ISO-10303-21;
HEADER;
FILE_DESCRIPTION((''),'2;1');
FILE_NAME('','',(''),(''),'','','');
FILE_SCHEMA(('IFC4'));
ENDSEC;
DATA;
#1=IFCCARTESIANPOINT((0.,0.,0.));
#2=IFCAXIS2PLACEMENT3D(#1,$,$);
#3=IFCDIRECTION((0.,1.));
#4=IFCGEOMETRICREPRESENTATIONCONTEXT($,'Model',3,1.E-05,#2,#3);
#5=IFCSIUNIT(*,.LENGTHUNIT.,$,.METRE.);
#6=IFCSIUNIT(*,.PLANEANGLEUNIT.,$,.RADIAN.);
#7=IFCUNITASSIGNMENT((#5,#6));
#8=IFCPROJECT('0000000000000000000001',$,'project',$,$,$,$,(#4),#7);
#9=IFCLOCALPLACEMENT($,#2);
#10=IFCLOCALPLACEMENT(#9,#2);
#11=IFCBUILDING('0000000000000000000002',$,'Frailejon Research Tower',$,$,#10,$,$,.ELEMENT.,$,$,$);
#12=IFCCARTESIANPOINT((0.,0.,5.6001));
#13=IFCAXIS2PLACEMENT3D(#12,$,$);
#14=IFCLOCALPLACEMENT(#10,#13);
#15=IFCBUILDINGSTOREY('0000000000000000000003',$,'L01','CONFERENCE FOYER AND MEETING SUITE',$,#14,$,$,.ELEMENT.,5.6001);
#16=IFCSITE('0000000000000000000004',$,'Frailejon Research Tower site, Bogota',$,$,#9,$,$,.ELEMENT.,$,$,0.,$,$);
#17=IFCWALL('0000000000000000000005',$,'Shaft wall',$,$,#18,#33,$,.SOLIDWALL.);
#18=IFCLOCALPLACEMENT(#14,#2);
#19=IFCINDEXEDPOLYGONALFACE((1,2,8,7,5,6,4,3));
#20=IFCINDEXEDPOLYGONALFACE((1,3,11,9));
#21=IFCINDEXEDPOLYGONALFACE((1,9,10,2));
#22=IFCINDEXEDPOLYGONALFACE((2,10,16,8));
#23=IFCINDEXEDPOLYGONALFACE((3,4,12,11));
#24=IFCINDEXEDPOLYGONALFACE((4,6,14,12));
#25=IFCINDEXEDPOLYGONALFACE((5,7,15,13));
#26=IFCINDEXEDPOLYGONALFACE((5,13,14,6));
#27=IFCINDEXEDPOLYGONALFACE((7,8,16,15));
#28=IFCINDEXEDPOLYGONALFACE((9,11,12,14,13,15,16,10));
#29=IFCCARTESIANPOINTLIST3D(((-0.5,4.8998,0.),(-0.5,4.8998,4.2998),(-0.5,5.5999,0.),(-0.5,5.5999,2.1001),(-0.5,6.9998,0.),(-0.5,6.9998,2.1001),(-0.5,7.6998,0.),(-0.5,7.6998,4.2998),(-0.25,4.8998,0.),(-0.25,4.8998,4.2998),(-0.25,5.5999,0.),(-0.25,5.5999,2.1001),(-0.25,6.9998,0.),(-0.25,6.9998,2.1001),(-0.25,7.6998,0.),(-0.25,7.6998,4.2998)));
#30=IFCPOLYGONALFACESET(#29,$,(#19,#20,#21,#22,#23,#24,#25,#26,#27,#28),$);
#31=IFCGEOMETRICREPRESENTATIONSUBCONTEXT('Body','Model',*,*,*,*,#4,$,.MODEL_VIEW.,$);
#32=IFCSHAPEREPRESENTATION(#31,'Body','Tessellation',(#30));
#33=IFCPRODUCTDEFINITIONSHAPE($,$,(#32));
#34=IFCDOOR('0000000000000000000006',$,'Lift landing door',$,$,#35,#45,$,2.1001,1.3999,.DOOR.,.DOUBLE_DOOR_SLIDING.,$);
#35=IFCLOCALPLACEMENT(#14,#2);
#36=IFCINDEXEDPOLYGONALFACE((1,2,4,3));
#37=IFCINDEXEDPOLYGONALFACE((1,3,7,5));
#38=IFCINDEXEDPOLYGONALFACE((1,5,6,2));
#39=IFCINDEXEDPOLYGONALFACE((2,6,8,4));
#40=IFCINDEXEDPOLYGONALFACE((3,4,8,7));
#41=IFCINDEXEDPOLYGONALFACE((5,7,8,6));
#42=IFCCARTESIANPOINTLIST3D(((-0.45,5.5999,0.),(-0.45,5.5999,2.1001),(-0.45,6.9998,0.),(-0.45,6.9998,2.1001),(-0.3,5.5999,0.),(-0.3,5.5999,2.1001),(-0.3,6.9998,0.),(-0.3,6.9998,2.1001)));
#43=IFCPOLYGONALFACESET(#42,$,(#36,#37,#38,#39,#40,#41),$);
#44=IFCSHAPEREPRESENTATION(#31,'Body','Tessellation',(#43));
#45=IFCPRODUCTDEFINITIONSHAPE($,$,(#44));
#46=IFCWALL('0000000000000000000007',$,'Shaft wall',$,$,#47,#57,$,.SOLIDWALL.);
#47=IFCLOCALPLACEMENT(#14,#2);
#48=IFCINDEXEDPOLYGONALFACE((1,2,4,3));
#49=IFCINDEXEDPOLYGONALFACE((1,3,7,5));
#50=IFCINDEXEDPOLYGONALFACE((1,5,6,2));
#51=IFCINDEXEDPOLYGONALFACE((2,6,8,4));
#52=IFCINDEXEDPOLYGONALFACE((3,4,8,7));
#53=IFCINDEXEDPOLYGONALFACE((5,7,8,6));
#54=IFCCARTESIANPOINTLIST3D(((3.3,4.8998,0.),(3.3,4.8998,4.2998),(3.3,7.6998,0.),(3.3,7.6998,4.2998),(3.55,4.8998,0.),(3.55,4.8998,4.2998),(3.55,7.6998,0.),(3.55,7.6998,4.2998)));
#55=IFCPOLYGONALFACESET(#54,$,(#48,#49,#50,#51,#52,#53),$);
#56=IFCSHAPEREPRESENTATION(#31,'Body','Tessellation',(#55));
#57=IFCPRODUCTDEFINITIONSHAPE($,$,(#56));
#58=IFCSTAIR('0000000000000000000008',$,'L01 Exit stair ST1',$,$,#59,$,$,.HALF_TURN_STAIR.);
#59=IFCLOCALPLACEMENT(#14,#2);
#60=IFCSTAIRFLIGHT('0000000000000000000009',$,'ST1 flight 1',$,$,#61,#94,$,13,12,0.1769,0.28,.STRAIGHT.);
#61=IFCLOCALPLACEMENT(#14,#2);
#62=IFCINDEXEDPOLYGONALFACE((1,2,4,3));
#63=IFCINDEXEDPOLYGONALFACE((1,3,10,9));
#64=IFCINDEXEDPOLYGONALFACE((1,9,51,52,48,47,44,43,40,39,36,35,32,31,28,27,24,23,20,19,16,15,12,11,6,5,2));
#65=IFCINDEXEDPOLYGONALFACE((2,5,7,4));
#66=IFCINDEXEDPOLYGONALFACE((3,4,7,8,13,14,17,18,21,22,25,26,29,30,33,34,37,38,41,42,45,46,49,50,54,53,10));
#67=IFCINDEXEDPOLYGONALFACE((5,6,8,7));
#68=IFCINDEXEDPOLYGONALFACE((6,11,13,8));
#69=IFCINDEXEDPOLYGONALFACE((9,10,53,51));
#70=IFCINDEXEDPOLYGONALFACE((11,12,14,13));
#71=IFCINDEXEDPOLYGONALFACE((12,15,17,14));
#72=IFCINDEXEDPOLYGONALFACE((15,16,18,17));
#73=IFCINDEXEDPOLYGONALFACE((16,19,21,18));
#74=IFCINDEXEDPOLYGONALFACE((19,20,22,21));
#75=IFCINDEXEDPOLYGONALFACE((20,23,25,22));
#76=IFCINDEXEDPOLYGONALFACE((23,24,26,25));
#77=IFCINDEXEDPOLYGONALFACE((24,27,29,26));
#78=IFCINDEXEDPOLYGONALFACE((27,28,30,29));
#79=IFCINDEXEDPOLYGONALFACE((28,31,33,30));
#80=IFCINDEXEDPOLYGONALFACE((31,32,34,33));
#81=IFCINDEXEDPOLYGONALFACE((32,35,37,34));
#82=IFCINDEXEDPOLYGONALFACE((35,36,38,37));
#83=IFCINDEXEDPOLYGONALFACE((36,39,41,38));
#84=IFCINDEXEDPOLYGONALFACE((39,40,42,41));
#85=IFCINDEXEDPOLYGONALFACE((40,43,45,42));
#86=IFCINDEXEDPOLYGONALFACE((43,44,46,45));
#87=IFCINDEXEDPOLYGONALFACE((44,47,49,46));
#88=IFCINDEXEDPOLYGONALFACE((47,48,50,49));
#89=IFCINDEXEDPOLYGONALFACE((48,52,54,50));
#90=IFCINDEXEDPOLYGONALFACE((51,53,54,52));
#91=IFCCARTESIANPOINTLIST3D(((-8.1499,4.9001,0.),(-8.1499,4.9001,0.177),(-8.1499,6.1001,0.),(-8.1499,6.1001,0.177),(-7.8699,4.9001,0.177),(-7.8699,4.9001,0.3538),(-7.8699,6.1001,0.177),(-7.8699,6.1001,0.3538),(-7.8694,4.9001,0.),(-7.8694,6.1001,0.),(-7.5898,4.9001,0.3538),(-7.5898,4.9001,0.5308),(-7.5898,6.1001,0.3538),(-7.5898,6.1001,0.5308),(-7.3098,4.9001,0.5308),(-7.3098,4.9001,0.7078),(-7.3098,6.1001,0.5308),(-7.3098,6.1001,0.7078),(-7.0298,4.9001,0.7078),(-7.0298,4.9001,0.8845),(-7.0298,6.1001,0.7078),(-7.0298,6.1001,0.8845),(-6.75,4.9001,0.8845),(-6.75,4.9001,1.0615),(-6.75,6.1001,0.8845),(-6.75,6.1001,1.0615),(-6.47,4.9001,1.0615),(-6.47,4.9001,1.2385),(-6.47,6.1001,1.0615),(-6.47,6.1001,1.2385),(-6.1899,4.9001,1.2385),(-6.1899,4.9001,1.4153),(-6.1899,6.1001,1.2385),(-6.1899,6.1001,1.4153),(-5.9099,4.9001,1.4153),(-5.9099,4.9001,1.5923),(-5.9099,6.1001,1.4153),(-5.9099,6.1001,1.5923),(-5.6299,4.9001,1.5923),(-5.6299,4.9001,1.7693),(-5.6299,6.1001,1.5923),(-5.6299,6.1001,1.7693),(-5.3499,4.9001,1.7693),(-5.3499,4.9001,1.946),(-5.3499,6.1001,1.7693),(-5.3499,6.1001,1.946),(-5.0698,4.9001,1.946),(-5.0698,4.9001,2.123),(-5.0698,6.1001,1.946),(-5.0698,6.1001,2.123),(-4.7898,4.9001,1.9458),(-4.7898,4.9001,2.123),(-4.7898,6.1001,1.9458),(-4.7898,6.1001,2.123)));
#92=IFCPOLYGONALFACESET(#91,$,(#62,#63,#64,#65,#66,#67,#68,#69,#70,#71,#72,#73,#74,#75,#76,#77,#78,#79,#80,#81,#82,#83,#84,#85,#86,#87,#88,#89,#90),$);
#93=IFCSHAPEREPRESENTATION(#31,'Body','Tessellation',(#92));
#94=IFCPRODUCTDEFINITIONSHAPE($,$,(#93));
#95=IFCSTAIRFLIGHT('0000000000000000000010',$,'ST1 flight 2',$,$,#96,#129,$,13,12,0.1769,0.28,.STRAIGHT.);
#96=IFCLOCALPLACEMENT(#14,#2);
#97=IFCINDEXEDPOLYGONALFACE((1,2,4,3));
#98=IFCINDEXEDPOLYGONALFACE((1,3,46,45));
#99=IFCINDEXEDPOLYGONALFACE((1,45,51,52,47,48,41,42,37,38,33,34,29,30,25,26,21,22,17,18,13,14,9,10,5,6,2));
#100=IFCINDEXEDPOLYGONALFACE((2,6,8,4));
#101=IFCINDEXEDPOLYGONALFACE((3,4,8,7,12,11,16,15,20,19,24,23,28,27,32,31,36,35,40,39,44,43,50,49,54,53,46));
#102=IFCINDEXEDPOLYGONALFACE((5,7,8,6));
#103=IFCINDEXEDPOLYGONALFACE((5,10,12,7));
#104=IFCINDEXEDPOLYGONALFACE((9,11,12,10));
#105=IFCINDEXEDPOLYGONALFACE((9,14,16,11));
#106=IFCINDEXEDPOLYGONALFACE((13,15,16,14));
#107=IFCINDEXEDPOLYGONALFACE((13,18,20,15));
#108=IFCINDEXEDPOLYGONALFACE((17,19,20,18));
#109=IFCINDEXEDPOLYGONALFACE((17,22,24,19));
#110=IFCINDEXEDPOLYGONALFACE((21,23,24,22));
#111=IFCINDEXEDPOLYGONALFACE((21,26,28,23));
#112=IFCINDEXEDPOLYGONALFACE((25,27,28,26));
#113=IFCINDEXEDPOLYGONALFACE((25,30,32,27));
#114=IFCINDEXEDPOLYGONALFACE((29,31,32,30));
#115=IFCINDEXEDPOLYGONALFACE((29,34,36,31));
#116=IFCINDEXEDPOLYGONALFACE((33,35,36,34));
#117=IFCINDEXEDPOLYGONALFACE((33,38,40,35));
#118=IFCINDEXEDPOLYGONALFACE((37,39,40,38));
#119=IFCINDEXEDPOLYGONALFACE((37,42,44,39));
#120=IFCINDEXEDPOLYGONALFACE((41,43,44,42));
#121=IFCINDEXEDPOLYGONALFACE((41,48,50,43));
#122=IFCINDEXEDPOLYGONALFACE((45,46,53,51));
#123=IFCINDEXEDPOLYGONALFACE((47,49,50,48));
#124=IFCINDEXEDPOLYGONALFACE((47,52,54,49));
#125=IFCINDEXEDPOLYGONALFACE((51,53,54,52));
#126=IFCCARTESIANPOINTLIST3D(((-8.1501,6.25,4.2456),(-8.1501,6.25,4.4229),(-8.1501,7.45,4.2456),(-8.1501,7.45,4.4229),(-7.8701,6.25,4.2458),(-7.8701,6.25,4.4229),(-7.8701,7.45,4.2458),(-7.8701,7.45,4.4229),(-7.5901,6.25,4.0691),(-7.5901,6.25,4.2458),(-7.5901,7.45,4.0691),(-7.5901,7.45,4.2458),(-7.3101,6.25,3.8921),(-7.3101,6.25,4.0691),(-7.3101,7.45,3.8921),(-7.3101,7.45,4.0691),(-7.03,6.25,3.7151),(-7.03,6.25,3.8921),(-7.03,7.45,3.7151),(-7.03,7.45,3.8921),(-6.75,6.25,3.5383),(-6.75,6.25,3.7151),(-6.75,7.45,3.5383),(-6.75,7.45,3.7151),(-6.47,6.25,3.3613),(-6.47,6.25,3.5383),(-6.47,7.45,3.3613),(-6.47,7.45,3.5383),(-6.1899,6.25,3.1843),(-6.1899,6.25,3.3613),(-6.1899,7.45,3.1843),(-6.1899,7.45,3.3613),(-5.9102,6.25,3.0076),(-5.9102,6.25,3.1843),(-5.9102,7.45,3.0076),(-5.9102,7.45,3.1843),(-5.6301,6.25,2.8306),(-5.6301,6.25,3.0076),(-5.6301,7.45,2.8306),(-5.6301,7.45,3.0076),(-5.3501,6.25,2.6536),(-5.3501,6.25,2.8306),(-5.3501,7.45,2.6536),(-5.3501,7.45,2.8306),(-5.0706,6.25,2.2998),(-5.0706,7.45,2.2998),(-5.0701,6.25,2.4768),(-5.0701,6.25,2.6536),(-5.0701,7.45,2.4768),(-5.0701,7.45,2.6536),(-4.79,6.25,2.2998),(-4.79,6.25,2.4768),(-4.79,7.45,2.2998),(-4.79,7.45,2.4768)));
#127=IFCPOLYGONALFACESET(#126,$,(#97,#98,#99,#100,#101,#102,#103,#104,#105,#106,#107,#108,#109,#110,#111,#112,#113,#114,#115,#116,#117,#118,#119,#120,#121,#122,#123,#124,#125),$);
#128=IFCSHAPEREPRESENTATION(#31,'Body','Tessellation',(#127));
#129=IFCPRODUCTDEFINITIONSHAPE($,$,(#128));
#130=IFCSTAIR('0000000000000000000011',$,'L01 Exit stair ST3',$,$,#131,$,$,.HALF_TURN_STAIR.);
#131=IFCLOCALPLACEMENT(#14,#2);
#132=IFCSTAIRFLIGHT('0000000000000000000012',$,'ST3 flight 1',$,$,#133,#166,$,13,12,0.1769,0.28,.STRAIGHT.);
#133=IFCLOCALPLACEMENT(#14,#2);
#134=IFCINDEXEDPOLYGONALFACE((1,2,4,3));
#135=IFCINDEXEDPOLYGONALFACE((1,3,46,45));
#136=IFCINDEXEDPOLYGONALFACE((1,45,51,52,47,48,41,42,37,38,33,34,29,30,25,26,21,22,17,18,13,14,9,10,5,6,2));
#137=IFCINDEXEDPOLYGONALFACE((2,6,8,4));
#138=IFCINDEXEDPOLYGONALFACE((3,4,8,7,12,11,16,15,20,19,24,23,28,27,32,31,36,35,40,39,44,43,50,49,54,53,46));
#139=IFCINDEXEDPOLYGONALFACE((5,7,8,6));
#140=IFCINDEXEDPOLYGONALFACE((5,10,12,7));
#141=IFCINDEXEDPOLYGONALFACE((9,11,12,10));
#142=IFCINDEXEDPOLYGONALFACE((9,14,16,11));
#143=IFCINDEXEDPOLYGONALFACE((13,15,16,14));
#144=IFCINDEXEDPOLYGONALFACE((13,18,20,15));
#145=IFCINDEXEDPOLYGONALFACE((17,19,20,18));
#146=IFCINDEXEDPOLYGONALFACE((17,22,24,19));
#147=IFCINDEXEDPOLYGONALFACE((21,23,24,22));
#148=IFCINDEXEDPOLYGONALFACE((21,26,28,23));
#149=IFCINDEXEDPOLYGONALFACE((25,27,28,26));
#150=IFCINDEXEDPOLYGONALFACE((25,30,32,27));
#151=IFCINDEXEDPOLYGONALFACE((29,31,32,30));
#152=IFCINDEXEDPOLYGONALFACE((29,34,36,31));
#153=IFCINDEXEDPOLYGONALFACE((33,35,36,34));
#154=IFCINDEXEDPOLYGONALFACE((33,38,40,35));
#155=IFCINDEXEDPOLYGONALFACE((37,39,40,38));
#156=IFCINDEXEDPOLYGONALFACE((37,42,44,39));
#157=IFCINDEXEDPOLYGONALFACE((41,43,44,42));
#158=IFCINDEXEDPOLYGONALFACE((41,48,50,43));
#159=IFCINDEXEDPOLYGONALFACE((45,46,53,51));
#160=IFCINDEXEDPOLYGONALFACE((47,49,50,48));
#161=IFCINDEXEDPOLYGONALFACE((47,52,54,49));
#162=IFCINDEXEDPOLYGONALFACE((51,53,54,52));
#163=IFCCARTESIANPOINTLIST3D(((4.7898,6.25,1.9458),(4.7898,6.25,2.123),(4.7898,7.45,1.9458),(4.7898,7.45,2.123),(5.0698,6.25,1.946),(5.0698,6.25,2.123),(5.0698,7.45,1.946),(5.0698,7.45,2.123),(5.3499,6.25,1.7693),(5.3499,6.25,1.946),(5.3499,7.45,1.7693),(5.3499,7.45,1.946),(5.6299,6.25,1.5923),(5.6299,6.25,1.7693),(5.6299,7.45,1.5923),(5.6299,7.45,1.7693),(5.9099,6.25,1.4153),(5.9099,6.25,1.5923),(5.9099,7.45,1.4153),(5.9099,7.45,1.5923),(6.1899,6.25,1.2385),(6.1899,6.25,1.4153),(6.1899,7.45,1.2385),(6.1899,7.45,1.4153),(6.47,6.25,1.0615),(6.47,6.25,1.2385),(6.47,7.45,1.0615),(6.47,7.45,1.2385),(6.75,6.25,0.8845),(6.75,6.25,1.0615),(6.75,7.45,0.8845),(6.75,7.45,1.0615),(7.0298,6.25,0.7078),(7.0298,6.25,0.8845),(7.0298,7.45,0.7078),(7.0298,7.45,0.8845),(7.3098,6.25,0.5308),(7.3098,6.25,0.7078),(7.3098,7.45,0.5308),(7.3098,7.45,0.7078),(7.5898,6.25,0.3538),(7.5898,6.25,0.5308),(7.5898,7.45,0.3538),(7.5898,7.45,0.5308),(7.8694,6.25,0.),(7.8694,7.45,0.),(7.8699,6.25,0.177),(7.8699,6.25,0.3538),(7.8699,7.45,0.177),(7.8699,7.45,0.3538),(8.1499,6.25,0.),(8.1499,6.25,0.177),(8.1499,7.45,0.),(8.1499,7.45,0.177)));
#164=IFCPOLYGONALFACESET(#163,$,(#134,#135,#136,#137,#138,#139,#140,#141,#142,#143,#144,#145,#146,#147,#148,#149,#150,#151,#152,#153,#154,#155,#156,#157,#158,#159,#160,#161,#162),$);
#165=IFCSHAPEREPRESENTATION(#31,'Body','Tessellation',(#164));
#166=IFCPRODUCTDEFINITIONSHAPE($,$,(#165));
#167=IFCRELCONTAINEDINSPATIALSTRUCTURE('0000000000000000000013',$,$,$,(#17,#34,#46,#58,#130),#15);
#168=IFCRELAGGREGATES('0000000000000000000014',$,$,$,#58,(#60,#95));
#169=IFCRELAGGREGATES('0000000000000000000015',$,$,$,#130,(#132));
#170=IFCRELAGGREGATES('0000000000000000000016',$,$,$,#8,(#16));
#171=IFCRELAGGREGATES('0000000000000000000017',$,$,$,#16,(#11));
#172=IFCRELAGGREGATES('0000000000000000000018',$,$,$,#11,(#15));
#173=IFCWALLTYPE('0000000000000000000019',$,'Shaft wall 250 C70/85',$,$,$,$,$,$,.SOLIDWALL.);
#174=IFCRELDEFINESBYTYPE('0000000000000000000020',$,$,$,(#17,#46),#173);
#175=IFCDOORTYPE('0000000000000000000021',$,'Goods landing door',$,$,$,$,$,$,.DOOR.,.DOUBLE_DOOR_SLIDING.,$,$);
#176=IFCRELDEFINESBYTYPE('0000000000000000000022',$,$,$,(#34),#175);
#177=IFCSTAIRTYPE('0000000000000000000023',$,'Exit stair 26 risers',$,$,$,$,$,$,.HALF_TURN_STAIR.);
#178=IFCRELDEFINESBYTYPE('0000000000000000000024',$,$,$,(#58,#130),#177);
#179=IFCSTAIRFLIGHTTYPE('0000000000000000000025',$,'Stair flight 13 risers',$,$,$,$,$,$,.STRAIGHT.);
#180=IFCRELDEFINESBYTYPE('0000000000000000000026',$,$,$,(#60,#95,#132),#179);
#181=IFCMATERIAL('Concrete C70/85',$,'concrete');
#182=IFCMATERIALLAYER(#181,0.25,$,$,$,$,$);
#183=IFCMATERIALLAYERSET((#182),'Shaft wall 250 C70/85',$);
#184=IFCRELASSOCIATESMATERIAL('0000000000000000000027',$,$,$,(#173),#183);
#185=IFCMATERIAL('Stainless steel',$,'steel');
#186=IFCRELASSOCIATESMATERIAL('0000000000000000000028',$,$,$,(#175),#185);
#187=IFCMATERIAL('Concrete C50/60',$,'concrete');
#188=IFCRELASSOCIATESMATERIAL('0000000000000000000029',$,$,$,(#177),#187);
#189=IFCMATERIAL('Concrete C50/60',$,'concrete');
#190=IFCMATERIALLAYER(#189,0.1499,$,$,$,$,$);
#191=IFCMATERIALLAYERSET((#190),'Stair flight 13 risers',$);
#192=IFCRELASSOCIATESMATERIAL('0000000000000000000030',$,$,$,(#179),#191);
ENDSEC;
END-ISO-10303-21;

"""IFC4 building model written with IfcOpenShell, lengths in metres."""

from ifc_helpers import new_model, si_unit, direction, frame, frame_2d, origin, place, context, subcontext, project, spatial, polyline, rectangle, outline, extrude, material, layer, layer_set, type_object, element, fill, aggregate, save


model = new_model("IFC4")

# Units and contexts
model_context = context("Model", 3, precision=1e-05, world=origin(), true_north=direction((0.0, 1.0)))
body_context = subcontext(model_context, "Body", "Model", "MODEL_VIEW")
ifc_project = project(units=[si_unit("LENGTHUNIT", "METRE"), si_unit("PLANEANGLEUNIT", "RADIAN")], contexts=[model_context])

# Site, building, storey
site_placement = place(None, origin())
site = spatial("IfcSite", under=ifc_project, at=site_placement, Name="Frailejon Research Tower site, Bogota", CompositionType="ELEMENT", RefElevation=0.0)
building_placement = place(site_placement, origin())
building = spatial("IfcBuilding", under=site, at=building_placement, Name="Frailejon Research Tower", CompositionType="ELEMENT")
storey_placement = place(building_placement, frame((0.0, 0.0, 5.6001)))
storey = spatial("IfcBuildingStorey", under=building, at=storey_placement, Name="L01", Description="CONFERENCE FOYER AND MEETING SUITE", CompositionType="ELEMENT", Elevation=5.6001)

# Shared definitions
ifc_material_1 = material(Name="Concrete C70/85", Category="concrete")
ifc_layer_1 = layer(ifc_material_1, 0.25)
ifc_layer_set_1 = layer_set([ifc_layer_1], Name="Shaft wall 250 C70/85")
wall_type_1 = type_object("IfcWallType", Name="Shaft wall 250 C70/85", PredefinedType="SOLIDWALL", material=ifc_layer_set_1)

# Wall, opening, door
wall_1_placement = place(storey_placement, frame((-0.375, 4.8999, 0.0), z_axis=(0.0, 0.0, 1.0), x_axis=(0.0, 1.0, 0.0)))
wall_1 = element("IfcWall", 1, at=wall_1_placement, inside=storey, type_object=wall_type_1, Name="Shaft wall", PredefinedType="SOLIDWALL", context=body_context, shape_type="SweptSolid", body=[
    extrude(rectangle(XDim=2.8, YDim=0.25, at=frame_2d((1.3999, 0.0))), origin(), (0.0, 0.0, 1.0), 4.2998),
])
opening_1_placement = place(wall_1_placement, frame((0.7, 0.0, 0.0)))
opening_1 = element("IfcOpeningElement", 2, at=opening_1_placement, cuts=wall_1, PredefinedType="OPENING", context=body_context, shape_type="SweptSolid", body=[
    extrude(rectangle(XDim=1.3999, YDim=2.1001, at=frame_2d((0.7, 1.05))), frame((0.0, 0.135, 0.0), z_axis=(0.0, -1.0, 0.0), x_axis=(1.0, 0.0, 0.0)), (0.0, 0.0, 1.0), 0.27),
])
ifc_material_2 = material(Name="Stainless steel", Category="steel")
door_type_1 = type_object("IfcDoorType", Name="Goods landing door", OperationType="DOUBLE_DOOR_SLIDING", PredefinedType="DOOR", material=ifc_material_2)
door_1_placement = place(opening_1_placement, origin())
door_1 = element("IfcDoor", 3, at=door_1_placement, inside=storey, type_object=door_type_1, Name="Lift landing door", OperationType="DOUBLE_DOOR_SLIDING", OverallHeight=2.1001, OverallWidth=1.3999, PredefinedType="DOOR", context=body_context, shape_type="SweptSolid", body=[
    extrude(rectangle(XDim=1.3999, YDim=2.1001, at=frame_2d((0.7, 1.05))), frame((0.0, 0.075, 0.0), z_axis=(0.0, -1.0, 0.0), x_axis=(1.0, 0.0, 0.0)), (0.0, 0.0, 1.0), 0.1499),
])
fill(opening_1, door_1)

# Wall
wall_2_placement = place(storey_placement, frame((3.425, 4.8999, 0.0), z_axis=(0.0, 0.0, 1.0), x_axis=(0.0, 1.0, 0.0)))
element("IfcWall", 4, at=wall_2_placement, inside=storey, type_object=wall_type_1, Name="Shaft wall", PredefinedType="SOLIDWALL", context=body_context, shape_type="SweptSolid", body=[
    extrude(rectangle(XDim=2.8, YDim=0.25, at=frame_2d((1.3999, 0.0))), origin(), (0.0, 0.0, 1.0), 4.2998),
])

# Stairs, stair flights
ifc_material_3 = material(Name="Concrete C50/60", Category="concrete")
stair_type = type_object("IfcStairType", Name="Exit stair 26 risers", PredefinedType="HALF_TURN_STAIR", material=ifc_material_3)
stair_1_placement = place(storey_placement, origin())
stair_1 = element("IfcStair", 5, at=stair_1_placement, inside=storey, type_object=stair_type, Name="L01 Exit stair ST1", PredefinedType="HALF_TURN_STAIR")
ifc_material_4 = material(Name="Concrete C50/60", Category="concrete")
ifc_layer_2 = layer(ifc_material_4, 0.1499)
ifc_layer_set_2 = layer_set([ifc_layer_2], Name="Stair flight 13 risers")
stair_flight_type = type_object("IfcStairFlightType", Name="Stair flight 13 risers", PredefinedType="STRAIGHT", material=ifc_layer_set_2)
stair_flight_1_placement = place(storey_placement, frame((-8.1499, 5.5, 0.0), z_axis=(0.0, 0.0, 1.0), x_axis=(1.0, 0.0, 0.0)))
stair_flight_1 = element("IfcStairFlight", 6, at=stair_flight_1_placement, type_object=stair_flight_type, Name="ST1 flight 1", NumberOfRisers=13, NumberOfTreads=12, PredefinedType="STRAIGHT", RiserHeight=0.1769, TreadLength=0.28, context=body_context, shape_type="SweptSolid", body=[
    extrude(outline(polyline([(0.0, 0.0), (0.0, 0.177), (0.28, 0.177), (0.28, 0.3538), (0.5601, 0.3538), (0.5601, 0.5308), (0.8401, 0.5308), (0.8401, 0.7078), (1.1201, 0.7078), (1.1201, 0.8845), (1.3999, 0.8845), (1.3999, 1.0615), (1.6799, 1.0615), (1.6799, 1.2385), (1.96, 1.2385), (1.96, 1.4153), (2.24, 1.4153), (2.24, 1.5923), (2.52, 1.5923), (2.52, 1.7693), (2.8, 1.7693), (2.8, 1.946), (3.0801, 1.946), (3.0801, 2.123), (3.3601, 2.123), (3.3601, 2.3), (3.3601, 1.9458), (0.2805, 0.0), (0.0, 0.0)])), frame((0.0, 0.6001, 0.0), z_axis=(0.0, -1.0, 0.0), x_axis=(1.0, 0.0, 0.0)), (0.0, 0.0, 1.0), 1.2),
])
stair_flight_2_placement = place(storey_placement, frame((-4.79, 6.8501, 2.2998), z_axis=(0.0, 0.0, 1.0), x_axis=(-1.0, 0.0, 0.0)))
stair_flight_2 = element("IfcStairFlight", 7, at=stair_flight_2_placement, type_object=stair_flight_type, Name="ST1 flight 2", NumberOfRisers=13, NumberOfTreads=12, PredefinedType="STRAIGHT", RiserHeight=0.1769, TreadLength=0.28, context=body_context, shape_type="SweptSolid", body=[
    extrude(outline(polyline([(0.0, 0.0), (0.0, 0.177), (0.28, 0.177), (0.28, 0.3538), (0.5601, 0.3538), (0.5601, 0.5308), (0.8401, 0.5308), (0.8401, 0.7078), (1.1201, 0.7078), (1.1201, 0.8845), (1.3999, 0.8845), (1.3999, 1.0615), (1.6799, 1.0615), (1.6799, 1.2385), (1.96, 1.2385), (1.96, 1.4153), (2.24, 1.4153), (2.24, 1.5923), (2.52, 1.5923), (2.52, 1.7693), (2.8, 1.7693), (2.8, 1.946), (3.0801, 1.946), (3.0801, 2.123), (3.3601, 2.123), (3.3601, 2.3), (3.3601, 1.9458), (0.2805, 0.0), (0.0, 0.0)])), frame((0.0, 0.6001, 0.0), z_axis=(0.0, -1.0, 0.0), x_axis=(1.0, 0.0, 0.0)), (0.0, 0.0, 1.0), 1.2),
])
aggregate(stair_1, [stair_flight_1, stair_flight_2])
stair_2_placement = place(storey_placement, origin())
stair_2 = element("IfcStair", 8, at=stair_2_placement, inside=storey, type_object=stair_type, Name="L01 Exit stair ST3", PredefinedType="HALF_TURN_STAIR")
stair_flight_3_placement = place(storey_placement, frame((8.1499, 6.8501, 0.0), z_axis=(0.0, 0.0, 1.0), x_axis=(-1.0, 0.0, 0.0)))
stair_flight_3 = element("IfcStairFlight", 9, at=stair_flight_3_placement, type_object=stair_flight_type, Name="ST3 flight 1", NumberOfRisers=13, NumberOfTreads=12, PredefinedType="STRAIGHT", RiserHeight=0.1769, TreadLength=0.28, context=body_context, shape_type="SweptSolid", body=[
    extrude(outline(polyline([(0.0, 0.0), (0.0, 0.177), (0.28, 0.177), (0.28, 0.3538), (0.5601, 0.3538), (0.5601, 0.5308), (0.8401, 0.5308), (0.8401, 0.7078), (1.1201, 0.7078), (1.1201, 0.8845), (1.3999, 0.8845), (1.3999, 1.0615), (1.6799, 1.0615), (1.6799, 1.2385), (1.96, 1.2385), (1.96, 1.4153), (2.24, 1.4153), (2.24, 1.5923), (2.52, 1.5923), (2.52, 1.7693), (2.8, 1.7693), (2.8, 1.946), (3.0801, 1.946), (3.0801, 2.123), (3.3601, 2.123), (3.3601, 2.3), (3.3601, 1.9458), (0.2805, 0.0), (0.0, 0.0)])), frame((0.0, 0.6001, 0.0), z_axis=(0.0, -1.0, 0.0), x_axis=(1.0, 0.0, 0.0)), (0.0, 0.0, 1.0), 1.2),
])
aggregate(stair_2, [stair_flight_3])

save(model, "model.ifc")
